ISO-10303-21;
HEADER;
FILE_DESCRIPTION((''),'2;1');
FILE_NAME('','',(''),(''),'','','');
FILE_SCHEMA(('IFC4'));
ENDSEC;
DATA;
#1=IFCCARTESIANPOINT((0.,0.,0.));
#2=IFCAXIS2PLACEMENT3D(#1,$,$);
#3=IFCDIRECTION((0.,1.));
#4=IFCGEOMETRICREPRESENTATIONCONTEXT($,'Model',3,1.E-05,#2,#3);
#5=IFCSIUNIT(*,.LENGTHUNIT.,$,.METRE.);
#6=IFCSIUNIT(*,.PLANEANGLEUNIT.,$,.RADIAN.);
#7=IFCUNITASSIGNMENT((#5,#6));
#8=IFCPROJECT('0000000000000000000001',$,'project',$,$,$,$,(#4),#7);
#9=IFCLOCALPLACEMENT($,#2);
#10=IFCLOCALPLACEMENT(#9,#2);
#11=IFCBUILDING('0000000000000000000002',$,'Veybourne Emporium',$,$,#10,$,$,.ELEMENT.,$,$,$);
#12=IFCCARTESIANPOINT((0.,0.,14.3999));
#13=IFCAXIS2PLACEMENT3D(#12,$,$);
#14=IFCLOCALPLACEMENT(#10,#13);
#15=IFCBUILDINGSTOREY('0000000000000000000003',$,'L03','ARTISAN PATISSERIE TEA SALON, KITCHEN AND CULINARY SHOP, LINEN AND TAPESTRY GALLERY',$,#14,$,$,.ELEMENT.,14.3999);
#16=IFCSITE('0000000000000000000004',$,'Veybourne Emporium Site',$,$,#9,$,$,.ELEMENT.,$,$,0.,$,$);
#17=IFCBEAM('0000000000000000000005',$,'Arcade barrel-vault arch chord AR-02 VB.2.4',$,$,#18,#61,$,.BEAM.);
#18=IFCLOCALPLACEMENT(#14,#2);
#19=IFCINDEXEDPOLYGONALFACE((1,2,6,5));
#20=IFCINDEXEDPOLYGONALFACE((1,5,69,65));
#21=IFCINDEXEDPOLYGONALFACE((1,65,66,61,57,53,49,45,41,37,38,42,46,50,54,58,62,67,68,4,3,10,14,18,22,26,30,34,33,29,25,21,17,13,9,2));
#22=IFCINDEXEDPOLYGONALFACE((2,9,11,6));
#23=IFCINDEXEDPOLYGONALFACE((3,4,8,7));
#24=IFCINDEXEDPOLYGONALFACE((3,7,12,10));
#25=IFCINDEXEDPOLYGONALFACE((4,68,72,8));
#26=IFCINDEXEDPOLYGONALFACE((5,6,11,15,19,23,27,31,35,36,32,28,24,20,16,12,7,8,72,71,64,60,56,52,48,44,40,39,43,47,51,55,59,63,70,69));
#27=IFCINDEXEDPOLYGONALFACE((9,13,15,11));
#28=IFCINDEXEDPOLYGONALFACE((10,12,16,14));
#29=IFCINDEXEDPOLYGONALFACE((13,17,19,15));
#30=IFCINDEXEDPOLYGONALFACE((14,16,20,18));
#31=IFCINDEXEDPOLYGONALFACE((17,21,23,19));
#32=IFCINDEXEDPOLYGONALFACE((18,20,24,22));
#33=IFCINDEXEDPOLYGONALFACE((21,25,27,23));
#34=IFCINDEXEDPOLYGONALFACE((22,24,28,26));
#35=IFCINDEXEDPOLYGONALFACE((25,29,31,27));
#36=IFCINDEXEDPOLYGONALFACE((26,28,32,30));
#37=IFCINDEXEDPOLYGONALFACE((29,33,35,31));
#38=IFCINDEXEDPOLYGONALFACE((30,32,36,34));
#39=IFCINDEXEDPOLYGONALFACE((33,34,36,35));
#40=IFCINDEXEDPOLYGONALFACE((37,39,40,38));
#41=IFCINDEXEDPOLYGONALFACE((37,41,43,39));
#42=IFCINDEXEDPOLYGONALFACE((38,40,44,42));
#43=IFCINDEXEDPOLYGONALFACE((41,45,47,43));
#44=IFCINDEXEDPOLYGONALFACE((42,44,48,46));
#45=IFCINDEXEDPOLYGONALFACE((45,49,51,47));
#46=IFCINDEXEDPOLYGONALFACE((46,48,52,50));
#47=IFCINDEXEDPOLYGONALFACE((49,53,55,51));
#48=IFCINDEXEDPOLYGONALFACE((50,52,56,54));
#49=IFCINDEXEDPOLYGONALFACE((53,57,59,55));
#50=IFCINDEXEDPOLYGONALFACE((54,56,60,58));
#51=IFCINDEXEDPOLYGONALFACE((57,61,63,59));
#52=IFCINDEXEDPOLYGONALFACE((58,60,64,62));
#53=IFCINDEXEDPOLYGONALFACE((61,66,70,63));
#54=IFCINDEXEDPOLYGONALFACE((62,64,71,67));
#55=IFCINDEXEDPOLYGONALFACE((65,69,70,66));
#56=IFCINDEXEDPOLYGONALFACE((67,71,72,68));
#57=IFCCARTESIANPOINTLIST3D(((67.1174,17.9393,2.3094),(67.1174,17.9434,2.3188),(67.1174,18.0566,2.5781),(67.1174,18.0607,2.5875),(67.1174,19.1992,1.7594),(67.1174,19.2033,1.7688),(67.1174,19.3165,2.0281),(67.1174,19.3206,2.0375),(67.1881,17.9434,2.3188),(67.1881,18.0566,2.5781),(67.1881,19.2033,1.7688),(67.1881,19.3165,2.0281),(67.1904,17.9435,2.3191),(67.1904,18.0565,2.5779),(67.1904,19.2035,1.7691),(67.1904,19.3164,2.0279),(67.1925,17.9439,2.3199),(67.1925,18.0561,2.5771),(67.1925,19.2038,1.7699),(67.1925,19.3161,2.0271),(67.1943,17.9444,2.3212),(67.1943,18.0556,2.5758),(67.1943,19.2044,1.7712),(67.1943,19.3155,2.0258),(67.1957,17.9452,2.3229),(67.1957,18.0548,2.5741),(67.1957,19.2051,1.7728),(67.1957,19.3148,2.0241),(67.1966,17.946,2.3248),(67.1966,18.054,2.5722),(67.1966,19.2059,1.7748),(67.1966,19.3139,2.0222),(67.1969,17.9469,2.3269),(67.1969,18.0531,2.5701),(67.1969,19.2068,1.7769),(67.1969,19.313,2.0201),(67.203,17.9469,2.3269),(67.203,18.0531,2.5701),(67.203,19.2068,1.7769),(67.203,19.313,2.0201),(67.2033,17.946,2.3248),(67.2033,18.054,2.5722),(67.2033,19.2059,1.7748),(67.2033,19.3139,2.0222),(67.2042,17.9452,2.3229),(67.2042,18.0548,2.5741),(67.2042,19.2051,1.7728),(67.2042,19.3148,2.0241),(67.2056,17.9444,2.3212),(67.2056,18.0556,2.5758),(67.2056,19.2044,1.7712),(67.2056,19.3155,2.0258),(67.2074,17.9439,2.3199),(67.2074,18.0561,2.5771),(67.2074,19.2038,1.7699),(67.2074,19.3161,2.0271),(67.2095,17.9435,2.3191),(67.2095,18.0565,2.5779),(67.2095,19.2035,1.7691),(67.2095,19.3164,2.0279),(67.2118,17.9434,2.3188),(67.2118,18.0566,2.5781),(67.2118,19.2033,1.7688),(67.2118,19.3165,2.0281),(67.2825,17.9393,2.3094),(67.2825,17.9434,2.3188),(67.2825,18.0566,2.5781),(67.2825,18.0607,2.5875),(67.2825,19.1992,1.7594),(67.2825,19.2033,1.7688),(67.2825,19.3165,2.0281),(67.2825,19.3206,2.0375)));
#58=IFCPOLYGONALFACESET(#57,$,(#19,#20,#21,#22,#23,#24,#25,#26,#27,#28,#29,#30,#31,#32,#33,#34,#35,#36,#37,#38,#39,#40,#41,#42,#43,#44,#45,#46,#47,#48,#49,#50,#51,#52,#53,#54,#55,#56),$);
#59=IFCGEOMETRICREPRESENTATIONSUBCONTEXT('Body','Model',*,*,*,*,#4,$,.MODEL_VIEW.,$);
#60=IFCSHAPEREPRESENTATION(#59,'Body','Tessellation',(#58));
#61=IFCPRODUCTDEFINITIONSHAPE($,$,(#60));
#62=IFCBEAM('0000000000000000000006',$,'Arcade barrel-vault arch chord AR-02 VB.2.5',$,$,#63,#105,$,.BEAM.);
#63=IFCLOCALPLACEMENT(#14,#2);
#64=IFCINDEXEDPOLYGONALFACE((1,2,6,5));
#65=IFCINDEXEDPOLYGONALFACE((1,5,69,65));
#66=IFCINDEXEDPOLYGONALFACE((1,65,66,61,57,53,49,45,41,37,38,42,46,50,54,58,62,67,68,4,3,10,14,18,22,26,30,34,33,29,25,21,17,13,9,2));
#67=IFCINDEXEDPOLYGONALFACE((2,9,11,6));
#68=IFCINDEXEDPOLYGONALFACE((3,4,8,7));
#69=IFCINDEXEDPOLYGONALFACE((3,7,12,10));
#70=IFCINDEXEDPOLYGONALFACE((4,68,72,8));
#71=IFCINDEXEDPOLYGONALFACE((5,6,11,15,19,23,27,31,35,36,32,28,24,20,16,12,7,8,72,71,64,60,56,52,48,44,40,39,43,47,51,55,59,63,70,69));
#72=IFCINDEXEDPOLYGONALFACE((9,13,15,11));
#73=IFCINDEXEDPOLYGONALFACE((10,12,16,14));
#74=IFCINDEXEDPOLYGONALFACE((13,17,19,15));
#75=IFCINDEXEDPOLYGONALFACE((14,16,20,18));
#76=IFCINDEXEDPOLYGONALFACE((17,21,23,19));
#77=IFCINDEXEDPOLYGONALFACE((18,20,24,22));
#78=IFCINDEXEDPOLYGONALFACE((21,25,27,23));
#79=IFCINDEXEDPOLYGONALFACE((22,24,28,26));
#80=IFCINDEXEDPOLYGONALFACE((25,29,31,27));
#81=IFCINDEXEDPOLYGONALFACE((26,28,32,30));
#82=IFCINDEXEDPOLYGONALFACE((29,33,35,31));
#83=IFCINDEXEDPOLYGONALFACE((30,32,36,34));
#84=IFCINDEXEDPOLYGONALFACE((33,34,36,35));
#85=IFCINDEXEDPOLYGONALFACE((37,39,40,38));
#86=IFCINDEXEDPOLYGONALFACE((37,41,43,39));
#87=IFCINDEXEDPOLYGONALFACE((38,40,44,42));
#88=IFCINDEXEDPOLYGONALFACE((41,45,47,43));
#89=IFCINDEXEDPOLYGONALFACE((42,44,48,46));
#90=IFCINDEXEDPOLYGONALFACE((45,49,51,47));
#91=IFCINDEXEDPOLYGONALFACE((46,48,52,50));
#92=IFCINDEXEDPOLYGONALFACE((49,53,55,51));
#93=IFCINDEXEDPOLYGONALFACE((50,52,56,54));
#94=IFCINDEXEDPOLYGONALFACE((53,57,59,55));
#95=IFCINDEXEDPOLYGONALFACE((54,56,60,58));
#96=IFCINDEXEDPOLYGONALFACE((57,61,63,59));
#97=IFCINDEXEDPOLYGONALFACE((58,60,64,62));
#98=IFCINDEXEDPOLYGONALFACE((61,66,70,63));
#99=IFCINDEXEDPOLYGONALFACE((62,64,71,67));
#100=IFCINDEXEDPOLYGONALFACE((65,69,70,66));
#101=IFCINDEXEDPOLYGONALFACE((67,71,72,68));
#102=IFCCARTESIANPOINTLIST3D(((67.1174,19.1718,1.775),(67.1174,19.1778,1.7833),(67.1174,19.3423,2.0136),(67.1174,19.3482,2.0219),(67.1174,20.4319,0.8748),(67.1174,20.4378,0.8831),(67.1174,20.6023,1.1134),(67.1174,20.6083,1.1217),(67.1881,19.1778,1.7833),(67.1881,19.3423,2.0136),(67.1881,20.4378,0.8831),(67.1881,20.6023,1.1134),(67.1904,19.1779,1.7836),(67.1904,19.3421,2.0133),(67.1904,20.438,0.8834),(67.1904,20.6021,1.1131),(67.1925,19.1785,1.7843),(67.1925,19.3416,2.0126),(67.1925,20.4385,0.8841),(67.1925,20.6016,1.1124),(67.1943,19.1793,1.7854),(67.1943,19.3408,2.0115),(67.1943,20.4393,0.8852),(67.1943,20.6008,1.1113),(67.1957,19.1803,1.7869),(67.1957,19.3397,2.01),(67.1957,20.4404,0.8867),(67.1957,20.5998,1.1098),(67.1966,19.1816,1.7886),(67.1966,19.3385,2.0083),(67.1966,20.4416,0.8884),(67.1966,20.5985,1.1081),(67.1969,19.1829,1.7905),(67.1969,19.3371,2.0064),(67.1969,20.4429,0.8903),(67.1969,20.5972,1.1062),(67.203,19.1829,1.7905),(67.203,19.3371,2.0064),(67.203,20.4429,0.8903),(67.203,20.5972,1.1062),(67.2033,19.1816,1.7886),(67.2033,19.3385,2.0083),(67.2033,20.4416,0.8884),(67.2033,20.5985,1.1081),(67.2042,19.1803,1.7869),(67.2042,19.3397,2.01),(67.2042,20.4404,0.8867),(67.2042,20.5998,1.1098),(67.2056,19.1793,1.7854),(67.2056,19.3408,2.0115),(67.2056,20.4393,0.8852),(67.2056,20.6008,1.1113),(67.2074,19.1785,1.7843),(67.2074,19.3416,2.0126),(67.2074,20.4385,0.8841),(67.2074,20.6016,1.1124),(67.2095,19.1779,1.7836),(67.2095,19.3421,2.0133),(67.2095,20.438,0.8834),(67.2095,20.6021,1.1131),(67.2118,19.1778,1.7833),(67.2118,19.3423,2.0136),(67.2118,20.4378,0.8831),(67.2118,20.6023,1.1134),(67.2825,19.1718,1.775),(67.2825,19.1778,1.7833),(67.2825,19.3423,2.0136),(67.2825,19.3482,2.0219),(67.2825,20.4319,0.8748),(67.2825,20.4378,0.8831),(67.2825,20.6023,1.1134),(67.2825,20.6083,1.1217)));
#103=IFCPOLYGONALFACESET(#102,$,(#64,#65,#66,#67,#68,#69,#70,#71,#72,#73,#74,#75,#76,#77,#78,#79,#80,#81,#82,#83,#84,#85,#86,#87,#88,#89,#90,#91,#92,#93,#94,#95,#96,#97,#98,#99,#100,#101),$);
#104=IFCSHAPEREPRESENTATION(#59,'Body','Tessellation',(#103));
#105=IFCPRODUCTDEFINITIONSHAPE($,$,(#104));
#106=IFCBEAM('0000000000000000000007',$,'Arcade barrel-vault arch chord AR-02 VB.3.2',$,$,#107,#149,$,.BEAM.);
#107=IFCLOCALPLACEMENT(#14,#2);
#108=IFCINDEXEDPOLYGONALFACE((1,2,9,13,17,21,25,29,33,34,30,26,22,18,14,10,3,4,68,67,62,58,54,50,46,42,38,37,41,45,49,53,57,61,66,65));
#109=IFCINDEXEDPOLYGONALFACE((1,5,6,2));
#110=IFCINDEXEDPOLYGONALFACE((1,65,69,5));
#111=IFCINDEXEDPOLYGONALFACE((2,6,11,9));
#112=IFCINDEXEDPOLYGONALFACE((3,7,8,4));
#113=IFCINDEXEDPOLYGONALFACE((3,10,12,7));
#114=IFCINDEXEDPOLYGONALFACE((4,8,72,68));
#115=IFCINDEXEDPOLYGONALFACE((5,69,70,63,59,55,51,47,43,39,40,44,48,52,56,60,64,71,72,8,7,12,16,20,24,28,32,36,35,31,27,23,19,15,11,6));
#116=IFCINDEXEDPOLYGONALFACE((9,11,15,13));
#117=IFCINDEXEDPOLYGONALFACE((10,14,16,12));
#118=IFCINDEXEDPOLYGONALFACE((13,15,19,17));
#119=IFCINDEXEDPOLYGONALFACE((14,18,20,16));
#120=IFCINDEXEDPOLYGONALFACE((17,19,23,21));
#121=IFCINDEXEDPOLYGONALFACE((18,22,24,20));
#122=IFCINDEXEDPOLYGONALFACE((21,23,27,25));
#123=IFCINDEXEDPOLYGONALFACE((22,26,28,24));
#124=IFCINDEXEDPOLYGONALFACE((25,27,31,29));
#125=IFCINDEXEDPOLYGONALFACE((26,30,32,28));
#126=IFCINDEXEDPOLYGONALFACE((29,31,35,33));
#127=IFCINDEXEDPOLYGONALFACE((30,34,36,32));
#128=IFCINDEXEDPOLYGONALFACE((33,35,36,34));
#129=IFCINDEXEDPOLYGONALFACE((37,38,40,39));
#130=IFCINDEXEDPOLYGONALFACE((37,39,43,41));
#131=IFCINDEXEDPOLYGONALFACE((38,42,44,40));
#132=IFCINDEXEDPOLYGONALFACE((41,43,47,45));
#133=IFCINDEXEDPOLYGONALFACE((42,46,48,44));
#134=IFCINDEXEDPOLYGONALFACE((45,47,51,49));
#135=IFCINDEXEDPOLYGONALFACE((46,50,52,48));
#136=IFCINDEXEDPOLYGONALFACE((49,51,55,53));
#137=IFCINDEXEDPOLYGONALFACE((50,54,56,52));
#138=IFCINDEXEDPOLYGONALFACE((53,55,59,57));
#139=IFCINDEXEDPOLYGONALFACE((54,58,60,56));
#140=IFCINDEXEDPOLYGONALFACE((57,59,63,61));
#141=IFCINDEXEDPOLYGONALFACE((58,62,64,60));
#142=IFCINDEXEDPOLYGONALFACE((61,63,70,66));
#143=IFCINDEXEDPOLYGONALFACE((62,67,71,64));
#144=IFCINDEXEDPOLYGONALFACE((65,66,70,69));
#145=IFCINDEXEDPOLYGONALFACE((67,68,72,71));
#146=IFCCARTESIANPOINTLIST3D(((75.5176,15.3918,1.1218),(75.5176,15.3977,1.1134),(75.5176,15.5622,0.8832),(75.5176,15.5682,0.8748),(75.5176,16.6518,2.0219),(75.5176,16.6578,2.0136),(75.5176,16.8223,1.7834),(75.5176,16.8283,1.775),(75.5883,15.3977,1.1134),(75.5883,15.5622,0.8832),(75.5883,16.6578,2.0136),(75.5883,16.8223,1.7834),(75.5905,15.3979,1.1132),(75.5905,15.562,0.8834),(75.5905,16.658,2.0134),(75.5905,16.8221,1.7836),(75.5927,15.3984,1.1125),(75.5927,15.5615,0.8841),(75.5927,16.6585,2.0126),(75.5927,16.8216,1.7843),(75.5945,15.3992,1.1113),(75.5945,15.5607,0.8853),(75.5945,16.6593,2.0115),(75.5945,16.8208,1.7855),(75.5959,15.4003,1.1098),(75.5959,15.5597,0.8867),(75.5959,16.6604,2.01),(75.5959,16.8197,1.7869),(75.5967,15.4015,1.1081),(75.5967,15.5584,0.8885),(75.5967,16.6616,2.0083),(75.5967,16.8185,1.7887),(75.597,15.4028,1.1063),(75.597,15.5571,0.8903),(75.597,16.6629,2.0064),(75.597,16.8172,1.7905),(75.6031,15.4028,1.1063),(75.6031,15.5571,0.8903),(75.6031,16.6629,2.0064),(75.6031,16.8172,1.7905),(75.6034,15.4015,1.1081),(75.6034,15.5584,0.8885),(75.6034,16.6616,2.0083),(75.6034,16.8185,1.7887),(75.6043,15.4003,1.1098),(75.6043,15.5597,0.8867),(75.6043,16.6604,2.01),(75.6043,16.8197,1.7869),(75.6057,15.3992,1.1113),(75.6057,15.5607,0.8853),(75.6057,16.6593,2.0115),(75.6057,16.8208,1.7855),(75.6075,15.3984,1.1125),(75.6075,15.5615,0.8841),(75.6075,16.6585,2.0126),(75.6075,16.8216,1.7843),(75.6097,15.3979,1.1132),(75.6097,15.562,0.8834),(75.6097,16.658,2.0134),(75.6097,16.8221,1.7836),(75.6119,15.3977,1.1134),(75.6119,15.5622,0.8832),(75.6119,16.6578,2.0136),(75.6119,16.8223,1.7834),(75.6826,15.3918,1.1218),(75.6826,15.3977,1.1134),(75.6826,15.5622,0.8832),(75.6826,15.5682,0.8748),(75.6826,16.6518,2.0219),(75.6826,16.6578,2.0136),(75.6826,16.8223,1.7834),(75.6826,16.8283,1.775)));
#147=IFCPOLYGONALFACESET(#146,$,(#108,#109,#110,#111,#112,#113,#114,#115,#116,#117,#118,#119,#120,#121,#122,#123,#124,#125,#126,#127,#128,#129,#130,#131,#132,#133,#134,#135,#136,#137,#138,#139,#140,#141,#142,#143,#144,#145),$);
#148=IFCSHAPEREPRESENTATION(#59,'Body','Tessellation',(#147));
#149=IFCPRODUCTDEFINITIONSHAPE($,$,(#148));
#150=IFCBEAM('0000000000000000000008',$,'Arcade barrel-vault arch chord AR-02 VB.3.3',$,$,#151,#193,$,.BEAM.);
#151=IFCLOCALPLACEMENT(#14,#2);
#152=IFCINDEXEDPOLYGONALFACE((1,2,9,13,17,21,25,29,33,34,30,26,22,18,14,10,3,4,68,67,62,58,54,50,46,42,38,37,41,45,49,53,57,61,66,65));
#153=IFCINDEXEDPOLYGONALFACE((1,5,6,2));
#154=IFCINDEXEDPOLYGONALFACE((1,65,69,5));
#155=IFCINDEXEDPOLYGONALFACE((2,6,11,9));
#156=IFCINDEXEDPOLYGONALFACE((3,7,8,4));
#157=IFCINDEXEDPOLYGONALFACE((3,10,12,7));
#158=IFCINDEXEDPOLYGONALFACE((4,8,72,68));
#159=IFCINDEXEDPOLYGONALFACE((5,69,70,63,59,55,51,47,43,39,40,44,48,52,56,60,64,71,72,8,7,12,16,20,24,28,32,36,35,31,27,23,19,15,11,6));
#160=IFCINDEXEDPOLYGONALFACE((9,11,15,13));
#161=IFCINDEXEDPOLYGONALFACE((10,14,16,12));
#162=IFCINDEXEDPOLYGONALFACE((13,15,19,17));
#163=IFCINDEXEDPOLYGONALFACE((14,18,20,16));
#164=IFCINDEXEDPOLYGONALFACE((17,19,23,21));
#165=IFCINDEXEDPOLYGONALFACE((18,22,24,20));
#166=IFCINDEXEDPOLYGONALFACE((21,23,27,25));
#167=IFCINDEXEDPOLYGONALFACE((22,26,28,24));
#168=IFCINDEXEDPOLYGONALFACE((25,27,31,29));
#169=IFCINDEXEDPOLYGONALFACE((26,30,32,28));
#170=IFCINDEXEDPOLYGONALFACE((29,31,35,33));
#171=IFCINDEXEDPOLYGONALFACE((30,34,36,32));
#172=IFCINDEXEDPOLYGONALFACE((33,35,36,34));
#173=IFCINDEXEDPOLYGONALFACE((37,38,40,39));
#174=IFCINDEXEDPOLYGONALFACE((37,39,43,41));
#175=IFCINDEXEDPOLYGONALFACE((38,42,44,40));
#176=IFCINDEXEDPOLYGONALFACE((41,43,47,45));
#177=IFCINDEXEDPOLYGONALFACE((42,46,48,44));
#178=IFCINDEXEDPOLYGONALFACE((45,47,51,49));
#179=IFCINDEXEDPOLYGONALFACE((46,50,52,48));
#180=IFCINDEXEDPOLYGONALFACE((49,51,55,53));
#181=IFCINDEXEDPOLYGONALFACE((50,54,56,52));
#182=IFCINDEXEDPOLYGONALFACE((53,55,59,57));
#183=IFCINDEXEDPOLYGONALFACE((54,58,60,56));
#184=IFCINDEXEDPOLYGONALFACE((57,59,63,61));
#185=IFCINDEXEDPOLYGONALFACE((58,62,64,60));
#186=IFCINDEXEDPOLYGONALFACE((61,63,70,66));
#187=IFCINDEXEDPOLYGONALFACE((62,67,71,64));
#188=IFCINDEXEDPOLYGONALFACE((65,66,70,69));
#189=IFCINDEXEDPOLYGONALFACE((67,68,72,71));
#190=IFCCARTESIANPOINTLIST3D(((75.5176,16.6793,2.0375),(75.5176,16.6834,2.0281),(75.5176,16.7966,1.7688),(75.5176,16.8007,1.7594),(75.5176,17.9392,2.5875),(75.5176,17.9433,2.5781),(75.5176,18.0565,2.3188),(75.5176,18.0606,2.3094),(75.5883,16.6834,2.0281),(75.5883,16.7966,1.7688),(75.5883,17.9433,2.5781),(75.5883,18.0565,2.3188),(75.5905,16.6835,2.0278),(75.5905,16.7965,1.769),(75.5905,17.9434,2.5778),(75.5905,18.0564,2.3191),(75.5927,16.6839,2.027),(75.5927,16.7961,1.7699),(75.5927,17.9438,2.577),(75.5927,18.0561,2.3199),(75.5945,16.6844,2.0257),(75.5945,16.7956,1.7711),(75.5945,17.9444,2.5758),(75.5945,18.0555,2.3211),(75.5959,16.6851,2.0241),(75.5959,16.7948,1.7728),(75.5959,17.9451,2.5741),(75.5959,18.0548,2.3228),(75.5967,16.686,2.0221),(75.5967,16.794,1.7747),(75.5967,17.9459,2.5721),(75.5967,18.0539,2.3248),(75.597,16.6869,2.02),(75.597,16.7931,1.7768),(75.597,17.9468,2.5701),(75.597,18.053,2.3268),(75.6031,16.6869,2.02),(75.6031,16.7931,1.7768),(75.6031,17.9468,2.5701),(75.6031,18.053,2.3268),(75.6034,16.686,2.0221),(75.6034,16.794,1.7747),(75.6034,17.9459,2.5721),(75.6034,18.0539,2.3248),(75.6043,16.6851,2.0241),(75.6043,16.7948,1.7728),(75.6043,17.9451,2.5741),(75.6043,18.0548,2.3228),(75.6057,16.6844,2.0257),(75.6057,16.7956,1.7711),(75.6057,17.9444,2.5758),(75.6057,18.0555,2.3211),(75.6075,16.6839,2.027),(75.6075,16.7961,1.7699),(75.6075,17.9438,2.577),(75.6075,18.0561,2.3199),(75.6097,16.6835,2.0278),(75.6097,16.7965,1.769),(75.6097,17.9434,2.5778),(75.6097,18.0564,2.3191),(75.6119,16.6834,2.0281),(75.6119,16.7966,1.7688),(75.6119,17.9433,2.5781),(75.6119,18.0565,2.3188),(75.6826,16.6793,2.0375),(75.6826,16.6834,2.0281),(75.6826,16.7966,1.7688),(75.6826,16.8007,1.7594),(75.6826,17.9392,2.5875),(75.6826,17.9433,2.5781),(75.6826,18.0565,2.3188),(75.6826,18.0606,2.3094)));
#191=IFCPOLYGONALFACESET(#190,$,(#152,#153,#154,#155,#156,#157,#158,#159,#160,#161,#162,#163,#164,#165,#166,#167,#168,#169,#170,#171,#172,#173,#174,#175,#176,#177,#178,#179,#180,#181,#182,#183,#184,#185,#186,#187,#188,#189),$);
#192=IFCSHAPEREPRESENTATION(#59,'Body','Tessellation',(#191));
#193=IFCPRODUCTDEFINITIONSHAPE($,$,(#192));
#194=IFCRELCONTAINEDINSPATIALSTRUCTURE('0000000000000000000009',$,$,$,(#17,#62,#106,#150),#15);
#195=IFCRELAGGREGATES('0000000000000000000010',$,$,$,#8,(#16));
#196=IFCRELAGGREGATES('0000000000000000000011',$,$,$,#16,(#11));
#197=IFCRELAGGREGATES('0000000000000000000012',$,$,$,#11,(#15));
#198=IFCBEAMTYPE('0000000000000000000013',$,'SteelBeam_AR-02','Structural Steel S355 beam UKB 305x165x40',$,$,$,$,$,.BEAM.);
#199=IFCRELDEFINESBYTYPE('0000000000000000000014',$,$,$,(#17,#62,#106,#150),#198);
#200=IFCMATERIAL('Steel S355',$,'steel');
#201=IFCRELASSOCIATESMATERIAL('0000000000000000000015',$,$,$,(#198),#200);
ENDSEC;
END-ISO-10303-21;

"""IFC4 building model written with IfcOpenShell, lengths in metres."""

from ifc_helpers import new_model, si_unit, direction, frame, origin, origin_2d, place, context, subcontext, project, spatial, i_section, extrude, material, material_profile, profile_set, type_object, element, save


model = new_model("IFC4")

# Units and contexts
model_context = context("Model", 3, precision=1e-05, world=origin(), true_north=direction((0.0, 1.0)))
body_context = subcontext(model_context, "Body", "Model", "MODEL_VIEW")
ifc_project = project(units=[si_unit("LENGTHUNIT", "METRE"), si_unit("PLANEANGLEUNIT", "RADIAN")], contexts=[model_context])

# Site, building, storey
site_placement = place(None, origin())
site = spatial("IfcSite", under=ifc_project, at=site_placement, Name="Veybourne Emporium Site", CompositionType="ELEMENT", RefElevation=0.0)
building_placement = place(site_placement, origin())
building = spatial("IfcBuilding", under=site, at=building_placement, Name="Veybourne Emporium", CompositionType="ELEMENT")
storey_placement = place(building_placement, frame((0.0, 0.0, 14.3999)))
storey = spatial("IfcBuildingStorey", under=building, at=storey_placement, Name="L03", Description="ARTISAN PATISSERIE TEA SALON, KITCHEN AND CULINARY SHOP, LINEN AND TAPESTRY GALLERY", CompositionType="ELEMENT", Elevation=14.3999)

# Beams
ifc_material_1 = material(Name="Steel S355", Category="steel")
ifc_material_profile_1 = material_profile(ifc_material_1, i_section(OverallWidth=0.165, OverallDepth=0.3035, WebThickness=0.0061, FlangeThickness=0.0103, FilletRadius=0.0088, at=origin_2d()), Name="UKB 305x165x40")
ifc_profile_set_1 = profile_set([ifc_material_profile_1], Name="Steel S355")
beam_type_1 = type_object("IfcBeamType", Name="SteelBeam_AR-02", Description="Structural Steel S355 beam UKB 305x165x40", PredefinedType="BEAM", material=ifc_profile_set_1)
for number, where, z_axis, x_axis, name in (
    (1, (67.2, 18.0, 2.4485), (0.0, 0.916479, -0.400083), (-1.0, 0.0, 0.0), "Arcade barrel-vault arch chord AR-02 VB.2.4"),
):
    element("IfcBeam", number, at=place(storey_placement, frame(where, z_axis=z_axis, x_axis=x_axis)), inside=storey, type_object=beam_type_1, Name=name, PredefinedType="BEAM", context=body_context, shape_type="SweptSolid", body=[
        extrude(i_section(OverallWidth=0.165, OverallDepth=0.3035, WebThickness=0.0061, FlangeThickness=0.0103, FilletRadius=0.0088, at=origin_2d()), origin(), (0.0, 0.0, 1.0), 1.3748),
    ])
for number, where, z_axis, x_axis, name in (
    (2, (67.2, 19.26, 1.8984), (0.0, 0.813691, -0.581298), (-1.0, 0.0, 0.0), "Arcade barrel-vault arch chord AR-02 VB.2.5"),
    (3, (75.6001, 15.48, 0.9983), (0.0, 0.813691, 0.581298), (-1.0, 0.0, 0.0), "Arcade barrel-vault arch chord AR-02 VB.3.2"),
):
    element("IfcBeam", number, at=place(storey_placement, frame(where, z_axis=z_axis, x_axis=x_axis)), inside=storey, type_object=beam_type_1, Name=name, PredefinedType="BEAM", context=body_context, shape_type="SweptSolid", body=[
        extrude(i_section(OverallWidth=0.165, OverallDepth=0.3035, WebThickness=0.0061, FlangeThickness=0.0103, FilletRadius=0.0088, at=origin_2d()), origin(), (0.0, 0.0, 1.0), 1.5486),
    ])
for number, where, z_axis, x_axis, name in (
    (4, (75.6001, 16.74, 1.8984), (0.0, 0.916479, 0.400083), (-1.0, 0.0, 0.0), "Arcade barrel-vault arch chord AR-02 VB.3.3"),
):
    element("IfcBeam", number, at=place(storey_placement, frame(where, z_axis=z_axis, x_axis=x_axis)), inside=storey, type_object=beam_type_1, Name=name, PredefinedType="BEAM", context=body_context, shape_type="SweptSolid", body=[
        extrude(i_section(OverallWidth=0.165, OverallDepth=0.3035, WebThickness=0.0061, FlangeThickness=0.0103, FilletRadius=0.0088, at=origin_2d()), origin(), (0.0, 0.0, 1.0), 1.3748),
    ])

save(model, "model.ifc")
